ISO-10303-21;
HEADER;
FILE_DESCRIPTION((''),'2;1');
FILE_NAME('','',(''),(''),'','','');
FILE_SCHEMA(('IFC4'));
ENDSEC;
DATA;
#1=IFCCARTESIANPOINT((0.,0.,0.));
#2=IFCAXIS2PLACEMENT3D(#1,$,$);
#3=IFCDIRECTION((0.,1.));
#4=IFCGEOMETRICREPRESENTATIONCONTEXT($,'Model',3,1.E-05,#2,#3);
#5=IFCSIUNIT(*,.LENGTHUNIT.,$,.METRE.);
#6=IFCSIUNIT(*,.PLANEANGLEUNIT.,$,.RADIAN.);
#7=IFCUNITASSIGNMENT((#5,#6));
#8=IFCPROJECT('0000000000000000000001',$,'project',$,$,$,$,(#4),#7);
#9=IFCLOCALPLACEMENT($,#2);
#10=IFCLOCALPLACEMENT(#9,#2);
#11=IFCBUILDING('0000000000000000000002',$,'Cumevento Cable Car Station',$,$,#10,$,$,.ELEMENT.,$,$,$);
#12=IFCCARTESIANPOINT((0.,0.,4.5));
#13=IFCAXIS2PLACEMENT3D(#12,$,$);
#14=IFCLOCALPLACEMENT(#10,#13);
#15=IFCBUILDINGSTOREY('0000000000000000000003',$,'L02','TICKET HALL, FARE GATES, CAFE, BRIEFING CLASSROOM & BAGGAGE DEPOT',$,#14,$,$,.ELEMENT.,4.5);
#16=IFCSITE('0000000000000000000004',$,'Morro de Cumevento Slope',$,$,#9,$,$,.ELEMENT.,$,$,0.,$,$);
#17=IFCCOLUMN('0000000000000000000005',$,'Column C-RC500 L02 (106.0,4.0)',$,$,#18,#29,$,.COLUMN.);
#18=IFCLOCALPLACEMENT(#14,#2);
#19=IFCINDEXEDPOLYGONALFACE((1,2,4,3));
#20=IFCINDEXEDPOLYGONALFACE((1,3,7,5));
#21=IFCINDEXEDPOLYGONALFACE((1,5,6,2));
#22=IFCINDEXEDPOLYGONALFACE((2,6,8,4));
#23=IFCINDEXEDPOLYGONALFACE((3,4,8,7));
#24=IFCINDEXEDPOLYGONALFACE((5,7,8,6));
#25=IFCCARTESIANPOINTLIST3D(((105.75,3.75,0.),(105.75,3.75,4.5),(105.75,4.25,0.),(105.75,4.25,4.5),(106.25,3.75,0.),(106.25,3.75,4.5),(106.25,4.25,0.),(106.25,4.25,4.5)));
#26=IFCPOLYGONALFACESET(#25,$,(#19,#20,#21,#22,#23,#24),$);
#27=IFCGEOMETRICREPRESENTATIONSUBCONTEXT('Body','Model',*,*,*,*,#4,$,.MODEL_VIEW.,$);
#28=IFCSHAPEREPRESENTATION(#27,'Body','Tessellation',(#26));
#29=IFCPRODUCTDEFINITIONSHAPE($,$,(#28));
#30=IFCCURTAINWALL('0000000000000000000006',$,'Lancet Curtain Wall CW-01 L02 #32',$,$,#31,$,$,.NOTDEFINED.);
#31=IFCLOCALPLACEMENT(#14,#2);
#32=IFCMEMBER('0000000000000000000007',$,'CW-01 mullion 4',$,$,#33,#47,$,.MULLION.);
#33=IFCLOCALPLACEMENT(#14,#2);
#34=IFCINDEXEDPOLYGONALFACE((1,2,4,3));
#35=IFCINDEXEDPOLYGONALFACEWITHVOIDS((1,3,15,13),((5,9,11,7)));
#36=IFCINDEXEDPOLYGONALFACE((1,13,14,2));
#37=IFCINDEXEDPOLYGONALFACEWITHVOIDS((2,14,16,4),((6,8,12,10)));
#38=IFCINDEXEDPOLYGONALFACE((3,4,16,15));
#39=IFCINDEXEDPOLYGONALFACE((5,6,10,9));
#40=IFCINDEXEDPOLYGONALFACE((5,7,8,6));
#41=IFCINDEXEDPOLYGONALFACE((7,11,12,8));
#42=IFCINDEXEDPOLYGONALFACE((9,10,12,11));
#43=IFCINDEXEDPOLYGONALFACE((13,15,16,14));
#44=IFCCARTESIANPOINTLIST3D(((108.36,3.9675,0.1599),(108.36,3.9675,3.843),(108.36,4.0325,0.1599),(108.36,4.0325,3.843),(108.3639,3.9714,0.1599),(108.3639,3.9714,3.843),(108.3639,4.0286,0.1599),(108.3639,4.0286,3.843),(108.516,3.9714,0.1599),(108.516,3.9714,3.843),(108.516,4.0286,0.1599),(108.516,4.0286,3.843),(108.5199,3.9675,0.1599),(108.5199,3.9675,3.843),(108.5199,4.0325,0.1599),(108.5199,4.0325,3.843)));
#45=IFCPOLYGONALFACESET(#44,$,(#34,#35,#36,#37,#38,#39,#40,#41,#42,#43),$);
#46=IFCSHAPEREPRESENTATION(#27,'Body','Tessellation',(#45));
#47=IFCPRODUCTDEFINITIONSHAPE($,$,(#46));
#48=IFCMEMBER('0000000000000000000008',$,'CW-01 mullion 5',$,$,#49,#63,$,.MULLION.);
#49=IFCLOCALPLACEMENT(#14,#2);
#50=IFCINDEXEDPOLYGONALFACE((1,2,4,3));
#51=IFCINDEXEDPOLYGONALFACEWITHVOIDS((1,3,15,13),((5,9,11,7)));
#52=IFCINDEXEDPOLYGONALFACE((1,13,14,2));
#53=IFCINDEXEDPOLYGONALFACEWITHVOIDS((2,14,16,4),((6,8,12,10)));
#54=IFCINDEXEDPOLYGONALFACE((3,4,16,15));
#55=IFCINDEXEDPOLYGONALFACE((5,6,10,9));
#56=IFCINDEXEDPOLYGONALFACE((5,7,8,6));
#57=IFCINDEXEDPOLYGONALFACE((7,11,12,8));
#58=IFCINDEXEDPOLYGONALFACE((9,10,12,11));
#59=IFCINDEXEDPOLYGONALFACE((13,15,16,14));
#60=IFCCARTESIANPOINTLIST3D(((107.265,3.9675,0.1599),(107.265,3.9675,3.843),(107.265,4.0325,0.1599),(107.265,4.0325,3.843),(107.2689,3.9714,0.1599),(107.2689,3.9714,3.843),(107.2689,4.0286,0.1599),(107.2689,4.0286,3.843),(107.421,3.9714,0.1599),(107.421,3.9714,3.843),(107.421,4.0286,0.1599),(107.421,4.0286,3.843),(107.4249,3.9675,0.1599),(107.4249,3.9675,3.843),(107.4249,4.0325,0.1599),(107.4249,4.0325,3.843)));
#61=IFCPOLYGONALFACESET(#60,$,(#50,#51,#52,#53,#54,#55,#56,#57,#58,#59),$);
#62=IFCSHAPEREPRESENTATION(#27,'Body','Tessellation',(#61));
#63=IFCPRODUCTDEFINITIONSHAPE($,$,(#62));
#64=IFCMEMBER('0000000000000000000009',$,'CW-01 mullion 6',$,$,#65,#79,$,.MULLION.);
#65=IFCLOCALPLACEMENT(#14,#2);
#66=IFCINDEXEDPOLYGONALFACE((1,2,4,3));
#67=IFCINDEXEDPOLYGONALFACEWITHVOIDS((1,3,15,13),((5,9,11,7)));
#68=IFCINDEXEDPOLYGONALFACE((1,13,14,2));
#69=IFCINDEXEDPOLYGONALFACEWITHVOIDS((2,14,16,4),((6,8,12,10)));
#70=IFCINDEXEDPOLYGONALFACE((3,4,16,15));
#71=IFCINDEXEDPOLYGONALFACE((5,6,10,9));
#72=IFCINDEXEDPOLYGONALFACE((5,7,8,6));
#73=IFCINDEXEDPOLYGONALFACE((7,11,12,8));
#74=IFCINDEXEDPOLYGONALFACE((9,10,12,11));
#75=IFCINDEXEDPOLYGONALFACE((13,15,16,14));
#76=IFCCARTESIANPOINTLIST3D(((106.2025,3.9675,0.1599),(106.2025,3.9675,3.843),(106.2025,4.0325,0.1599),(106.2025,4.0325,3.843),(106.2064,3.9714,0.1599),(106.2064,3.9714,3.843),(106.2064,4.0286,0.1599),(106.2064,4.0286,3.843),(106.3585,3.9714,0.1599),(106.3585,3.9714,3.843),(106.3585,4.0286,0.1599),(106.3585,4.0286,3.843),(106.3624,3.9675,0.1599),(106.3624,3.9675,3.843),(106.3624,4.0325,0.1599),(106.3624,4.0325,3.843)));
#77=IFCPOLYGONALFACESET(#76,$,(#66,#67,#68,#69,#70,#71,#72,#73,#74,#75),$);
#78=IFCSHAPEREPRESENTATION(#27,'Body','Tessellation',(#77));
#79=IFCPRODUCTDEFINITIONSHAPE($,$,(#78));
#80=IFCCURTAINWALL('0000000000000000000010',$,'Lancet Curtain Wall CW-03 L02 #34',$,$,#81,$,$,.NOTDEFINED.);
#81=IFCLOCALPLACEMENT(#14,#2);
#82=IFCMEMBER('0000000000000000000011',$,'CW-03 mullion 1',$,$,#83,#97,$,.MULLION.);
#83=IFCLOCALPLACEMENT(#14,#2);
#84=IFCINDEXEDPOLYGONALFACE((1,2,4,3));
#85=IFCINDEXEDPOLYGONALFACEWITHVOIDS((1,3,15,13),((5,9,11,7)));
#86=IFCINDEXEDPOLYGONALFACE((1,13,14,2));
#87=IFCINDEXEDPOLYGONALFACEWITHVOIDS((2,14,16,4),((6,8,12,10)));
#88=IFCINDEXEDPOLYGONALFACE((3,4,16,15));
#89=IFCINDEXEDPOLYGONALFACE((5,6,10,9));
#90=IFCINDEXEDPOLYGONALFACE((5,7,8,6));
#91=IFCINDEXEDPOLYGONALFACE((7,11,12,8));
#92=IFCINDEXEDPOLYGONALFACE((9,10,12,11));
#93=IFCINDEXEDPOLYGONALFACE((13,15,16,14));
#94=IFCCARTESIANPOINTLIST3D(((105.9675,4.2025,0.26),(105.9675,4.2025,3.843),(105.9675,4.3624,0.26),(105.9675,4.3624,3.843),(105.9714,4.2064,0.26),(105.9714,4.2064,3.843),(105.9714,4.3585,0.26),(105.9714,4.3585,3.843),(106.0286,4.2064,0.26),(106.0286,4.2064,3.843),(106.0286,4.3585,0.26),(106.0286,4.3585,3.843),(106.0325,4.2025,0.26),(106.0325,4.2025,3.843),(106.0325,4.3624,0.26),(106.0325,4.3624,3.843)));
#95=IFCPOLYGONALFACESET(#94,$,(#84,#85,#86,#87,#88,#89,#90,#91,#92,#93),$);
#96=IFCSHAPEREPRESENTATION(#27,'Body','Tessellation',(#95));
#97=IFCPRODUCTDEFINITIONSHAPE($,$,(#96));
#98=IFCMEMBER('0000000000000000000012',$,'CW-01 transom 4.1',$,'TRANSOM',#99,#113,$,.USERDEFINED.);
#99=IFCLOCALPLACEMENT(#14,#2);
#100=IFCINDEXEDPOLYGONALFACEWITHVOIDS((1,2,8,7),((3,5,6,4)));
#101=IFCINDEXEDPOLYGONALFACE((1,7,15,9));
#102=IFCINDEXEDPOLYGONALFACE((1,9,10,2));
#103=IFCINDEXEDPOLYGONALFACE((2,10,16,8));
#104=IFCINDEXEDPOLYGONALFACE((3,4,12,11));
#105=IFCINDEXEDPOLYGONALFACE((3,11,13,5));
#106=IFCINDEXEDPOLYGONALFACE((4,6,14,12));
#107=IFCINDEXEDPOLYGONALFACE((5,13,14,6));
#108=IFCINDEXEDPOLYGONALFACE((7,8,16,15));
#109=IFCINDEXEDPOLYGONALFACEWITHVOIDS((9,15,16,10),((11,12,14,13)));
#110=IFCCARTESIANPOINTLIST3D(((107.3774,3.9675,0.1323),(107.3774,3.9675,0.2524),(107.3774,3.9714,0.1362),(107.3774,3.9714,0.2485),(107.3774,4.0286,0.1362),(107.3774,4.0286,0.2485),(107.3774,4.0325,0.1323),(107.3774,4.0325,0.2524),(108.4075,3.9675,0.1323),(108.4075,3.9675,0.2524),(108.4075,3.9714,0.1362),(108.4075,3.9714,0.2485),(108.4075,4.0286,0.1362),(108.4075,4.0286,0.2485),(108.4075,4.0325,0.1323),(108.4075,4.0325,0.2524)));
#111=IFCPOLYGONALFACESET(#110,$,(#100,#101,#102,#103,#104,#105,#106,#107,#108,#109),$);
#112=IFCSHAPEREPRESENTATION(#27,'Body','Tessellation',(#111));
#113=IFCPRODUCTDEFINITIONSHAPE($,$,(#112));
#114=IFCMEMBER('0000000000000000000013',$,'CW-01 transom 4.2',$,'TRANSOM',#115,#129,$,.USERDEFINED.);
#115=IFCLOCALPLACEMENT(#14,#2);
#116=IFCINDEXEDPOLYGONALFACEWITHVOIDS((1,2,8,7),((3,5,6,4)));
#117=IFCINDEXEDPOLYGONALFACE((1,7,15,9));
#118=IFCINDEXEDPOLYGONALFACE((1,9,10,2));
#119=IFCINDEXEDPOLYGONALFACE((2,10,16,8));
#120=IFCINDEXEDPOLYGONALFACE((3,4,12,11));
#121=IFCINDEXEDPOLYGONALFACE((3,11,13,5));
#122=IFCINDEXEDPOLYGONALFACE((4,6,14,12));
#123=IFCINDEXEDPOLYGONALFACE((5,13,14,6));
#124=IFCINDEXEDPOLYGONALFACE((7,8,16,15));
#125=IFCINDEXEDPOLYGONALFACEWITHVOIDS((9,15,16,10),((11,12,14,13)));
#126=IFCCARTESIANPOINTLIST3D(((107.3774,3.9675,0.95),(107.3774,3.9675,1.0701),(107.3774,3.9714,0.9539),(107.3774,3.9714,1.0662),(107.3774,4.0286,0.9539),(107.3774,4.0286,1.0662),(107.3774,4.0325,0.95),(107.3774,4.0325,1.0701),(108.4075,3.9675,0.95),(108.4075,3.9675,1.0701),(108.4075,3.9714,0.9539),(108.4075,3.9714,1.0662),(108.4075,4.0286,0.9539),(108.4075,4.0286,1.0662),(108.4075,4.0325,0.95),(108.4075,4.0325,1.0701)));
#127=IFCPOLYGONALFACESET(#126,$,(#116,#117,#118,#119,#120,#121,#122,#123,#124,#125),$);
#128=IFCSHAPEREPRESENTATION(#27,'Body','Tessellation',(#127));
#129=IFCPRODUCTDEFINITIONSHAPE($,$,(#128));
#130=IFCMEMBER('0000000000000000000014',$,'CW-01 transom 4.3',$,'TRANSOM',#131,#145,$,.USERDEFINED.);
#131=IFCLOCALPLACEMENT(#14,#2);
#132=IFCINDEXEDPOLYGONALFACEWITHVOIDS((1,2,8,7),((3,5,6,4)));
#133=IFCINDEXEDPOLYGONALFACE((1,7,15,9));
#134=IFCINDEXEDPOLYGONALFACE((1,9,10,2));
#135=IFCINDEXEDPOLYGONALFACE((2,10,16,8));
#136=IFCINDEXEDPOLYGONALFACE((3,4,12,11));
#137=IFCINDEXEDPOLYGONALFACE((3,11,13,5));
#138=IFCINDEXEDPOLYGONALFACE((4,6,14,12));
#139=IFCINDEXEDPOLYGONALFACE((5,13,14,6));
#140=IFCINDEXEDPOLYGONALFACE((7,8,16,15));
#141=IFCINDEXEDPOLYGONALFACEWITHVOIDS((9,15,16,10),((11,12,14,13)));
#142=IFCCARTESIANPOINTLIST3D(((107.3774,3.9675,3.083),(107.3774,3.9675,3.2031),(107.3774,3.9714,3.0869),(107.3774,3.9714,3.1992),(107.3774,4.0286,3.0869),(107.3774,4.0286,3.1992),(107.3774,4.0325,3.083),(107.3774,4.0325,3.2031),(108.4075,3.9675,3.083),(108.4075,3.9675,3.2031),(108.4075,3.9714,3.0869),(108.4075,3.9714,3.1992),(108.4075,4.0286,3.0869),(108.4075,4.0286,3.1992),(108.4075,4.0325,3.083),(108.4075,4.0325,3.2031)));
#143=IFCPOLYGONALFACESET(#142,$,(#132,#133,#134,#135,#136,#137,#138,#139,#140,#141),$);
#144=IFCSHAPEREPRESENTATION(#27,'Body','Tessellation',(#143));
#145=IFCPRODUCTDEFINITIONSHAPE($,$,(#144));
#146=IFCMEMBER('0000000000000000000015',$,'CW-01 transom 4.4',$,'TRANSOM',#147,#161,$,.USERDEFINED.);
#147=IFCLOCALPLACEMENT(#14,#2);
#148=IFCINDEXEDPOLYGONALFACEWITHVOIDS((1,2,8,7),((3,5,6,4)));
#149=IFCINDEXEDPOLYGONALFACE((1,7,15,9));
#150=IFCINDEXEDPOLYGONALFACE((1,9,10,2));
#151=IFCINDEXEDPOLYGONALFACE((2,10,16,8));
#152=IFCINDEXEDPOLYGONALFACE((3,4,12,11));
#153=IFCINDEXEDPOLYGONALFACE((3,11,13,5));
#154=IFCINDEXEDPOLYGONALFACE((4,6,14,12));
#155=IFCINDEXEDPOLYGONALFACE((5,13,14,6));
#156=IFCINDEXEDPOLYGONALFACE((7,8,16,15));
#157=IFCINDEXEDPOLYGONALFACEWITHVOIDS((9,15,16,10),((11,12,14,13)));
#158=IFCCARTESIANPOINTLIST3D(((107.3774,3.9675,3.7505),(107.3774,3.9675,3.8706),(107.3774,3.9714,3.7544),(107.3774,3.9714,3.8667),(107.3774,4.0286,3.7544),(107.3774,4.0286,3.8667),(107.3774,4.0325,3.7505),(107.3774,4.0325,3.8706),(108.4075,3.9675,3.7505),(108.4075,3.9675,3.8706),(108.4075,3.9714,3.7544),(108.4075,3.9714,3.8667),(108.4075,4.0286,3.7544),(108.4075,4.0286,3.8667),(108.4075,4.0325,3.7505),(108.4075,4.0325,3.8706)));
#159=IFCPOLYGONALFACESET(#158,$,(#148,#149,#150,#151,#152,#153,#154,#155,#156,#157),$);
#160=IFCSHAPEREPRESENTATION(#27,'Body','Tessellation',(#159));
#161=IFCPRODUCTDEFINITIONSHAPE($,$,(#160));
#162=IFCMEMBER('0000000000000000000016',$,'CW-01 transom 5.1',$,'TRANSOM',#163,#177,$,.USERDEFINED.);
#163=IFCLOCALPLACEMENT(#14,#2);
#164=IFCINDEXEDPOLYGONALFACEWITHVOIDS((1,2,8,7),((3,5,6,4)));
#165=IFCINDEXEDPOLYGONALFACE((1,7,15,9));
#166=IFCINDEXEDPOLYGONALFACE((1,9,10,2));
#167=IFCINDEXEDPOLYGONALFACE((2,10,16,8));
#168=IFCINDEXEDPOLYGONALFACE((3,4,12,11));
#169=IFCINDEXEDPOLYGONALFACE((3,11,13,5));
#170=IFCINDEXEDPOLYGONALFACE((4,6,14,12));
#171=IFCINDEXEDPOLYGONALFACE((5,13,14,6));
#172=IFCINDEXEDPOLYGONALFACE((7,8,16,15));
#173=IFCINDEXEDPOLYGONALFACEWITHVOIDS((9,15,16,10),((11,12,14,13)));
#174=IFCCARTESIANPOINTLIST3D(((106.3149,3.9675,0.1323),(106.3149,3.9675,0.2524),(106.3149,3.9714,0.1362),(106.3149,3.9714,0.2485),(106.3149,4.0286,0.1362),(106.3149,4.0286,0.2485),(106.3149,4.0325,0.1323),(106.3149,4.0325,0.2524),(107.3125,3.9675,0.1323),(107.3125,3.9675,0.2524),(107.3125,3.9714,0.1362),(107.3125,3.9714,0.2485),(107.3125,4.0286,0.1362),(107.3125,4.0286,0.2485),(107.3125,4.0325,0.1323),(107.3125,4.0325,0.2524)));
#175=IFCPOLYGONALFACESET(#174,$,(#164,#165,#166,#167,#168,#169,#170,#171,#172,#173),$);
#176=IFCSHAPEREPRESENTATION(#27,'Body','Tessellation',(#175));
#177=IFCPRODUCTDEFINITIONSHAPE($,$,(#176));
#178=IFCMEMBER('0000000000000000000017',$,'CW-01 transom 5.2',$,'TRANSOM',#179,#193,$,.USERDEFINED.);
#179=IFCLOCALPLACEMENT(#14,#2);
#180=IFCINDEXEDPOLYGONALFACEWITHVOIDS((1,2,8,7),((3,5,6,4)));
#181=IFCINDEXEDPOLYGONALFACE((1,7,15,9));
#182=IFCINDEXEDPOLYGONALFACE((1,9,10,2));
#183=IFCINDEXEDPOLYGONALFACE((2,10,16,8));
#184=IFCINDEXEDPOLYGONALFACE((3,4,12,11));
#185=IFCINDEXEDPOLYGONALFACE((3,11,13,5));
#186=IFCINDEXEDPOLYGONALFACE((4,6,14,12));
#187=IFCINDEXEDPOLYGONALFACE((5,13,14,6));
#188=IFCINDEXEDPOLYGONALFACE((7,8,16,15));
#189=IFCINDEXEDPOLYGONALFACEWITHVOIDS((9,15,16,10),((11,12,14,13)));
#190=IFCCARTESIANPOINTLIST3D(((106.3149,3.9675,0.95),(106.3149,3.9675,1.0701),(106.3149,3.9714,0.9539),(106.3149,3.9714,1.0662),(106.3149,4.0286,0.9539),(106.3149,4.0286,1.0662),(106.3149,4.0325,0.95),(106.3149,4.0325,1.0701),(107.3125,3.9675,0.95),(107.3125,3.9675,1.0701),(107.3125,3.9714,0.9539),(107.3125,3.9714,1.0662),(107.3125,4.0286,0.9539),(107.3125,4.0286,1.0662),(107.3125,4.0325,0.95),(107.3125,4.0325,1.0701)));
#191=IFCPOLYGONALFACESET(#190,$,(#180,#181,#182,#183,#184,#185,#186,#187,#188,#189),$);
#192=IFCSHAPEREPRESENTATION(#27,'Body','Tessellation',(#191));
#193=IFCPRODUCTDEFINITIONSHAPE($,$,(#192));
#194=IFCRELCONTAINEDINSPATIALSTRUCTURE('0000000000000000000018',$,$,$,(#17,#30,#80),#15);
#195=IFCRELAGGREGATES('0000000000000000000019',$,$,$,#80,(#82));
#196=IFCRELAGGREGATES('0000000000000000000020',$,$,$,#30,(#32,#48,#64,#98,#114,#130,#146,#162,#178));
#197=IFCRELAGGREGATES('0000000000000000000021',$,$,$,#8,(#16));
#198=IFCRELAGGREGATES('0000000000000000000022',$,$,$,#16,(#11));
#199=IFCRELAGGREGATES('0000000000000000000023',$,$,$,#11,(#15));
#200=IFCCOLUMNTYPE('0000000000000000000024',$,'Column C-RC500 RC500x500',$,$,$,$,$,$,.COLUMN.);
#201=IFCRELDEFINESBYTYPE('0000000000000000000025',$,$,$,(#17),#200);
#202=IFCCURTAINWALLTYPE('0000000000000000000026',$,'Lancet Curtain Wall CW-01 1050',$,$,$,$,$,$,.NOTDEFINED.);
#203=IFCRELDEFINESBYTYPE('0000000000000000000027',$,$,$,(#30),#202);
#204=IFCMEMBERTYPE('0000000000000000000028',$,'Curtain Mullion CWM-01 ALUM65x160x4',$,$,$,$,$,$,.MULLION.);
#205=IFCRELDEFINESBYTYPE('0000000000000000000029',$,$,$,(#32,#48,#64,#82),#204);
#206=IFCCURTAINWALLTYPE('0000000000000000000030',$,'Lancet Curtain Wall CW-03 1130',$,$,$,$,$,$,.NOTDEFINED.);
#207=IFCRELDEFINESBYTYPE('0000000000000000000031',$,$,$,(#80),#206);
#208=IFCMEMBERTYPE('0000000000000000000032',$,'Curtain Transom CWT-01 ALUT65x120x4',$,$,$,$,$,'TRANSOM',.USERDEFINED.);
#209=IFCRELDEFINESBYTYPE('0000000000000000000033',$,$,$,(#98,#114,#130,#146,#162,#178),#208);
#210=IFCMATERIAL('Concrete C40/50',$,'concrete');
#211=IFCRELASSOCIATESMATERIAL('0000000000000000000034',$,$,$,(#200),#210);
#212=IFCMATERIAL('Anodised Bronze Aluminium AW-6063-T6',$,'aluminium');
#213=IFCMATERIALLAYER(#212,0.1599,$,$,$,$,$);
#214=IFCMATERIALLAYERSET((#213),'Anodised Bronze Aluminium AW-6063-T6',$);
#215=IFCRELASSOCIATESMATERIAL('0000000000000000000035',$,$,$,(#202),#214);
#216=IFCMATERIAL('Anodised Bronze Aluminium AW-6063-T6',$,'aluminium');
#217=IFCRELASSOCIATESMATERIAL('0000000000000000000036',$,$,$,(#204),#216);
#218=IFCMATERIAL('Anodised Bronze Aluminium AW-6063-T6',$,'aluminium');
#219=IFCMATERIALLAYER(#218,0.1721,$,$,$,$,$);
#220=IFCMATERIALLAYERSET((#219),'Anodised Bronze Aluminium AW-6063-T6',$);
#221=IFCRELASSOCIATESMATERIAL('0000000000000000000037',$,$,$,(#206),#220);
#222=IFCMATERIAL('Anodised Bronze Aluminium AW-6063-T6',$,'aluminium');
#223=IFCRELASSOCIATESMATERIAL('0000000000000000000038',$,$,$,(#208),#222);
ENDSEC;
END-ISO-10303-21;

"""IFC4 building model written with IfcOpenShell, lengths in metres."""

from ifc_helpers import new_model, si_unit, direction, frame, origin, origin_2d, place, context, subcontext, project, spatial, rectangle, hollow_rectangle, extrude, material, layer, layer_set, material_profile, profile_set, type_object, element, aggregate, save


model = new_model("IFC4")

# Units and contexts
model_context = context("Model", 3, precision=1e-05, world=origin(), true_north=direction((0.0, 1.0)))
body_context = subcontext(model_context, "Body", "Model", "MODEL_VIEW")
ifc_project = project(units=[si_unit("LENGTHUNIT", "METRE"), si_unit("PLANEANGLEUNIT", "RADIAN")], contexts=[model_context])

# Site, building, storey
site_placement = place(None, origin())
site = spatial("IfcSite", under=ifc_project, at=site_placement, Name="Morro de Cumevento Slope", CompositionType="ELEMENT", RefElevation=0.0)
building_placement = place(site_placement, origin())
building = spatial("IfcBuilding", under=site, at=building_placement, Name="Cumevento Cable Car Station", CompositionType="ELEMENT")
storey_placement = place(building_placement, frame((0.0, 0.0, 4.5)))
storey = spatial("IfcBuildingStorey", under=building, at=storey_placement, Name="L02", Description="TICKET HALL, FARE GATES, CAFE, BRIEFING CLASSROOM & BAGGAGE DEPOT", CompositionType="ELEMENT", Elevation=4.5)

# Column
ifc_material_1 = material(Name="Concrete C40/50", Category="concrete")
ifc_material_profile_1 = material_profile(ifc_material_1, rectangle(XDim=0.5, YDim=0.5, at=origin_2d()), Name="RC500x500")
ifc_profile_set_1 = profile_set([ifc_material_profile_1], Name="Concrete C40/50")
column_type = type_object("IfcColumnType", Name="Column C-RC500 RC500x500", PredefinedType="COLUMN", material=ifc_profile_set_1)
column_placement = place(storey_placement, frame((106.0, 4.0, 0.0), z_axis=(0.0, 0.0, 1.0), x_axis=(1.0, 0.0, 0.0)))
element("IfcColumn", 1, at=column_placement, inside=storey, type_object=column_type, Name="Column C-RC500 L02 (106.0,4.0)", PredefinedType="COLUMN", context=body_context, shape_type="SweptSolid", body=[
    extrude(rectangle(XDim=0.5, YDim=0.5, at=origin_2d()), origin(), (0.0, 0.0, 1.0), 4.5),
])

# Curtain wall, members
ifc_material_2 = material(Name="Anodised Bronze Aluminium AW-6063-T6", Category="aluminium")
ifc_layer_1 = layer(ifc_material_2, 0.1599)
ifc_layer_set_1 = layer_set([ifc_layer_1], Name="Anodised Bronze Aluminium AW-6063-T6")
curtain_wall_type_1 = type_object("IfcCurtainWallType", Name="Lancet Curtain Wall CW-01 1050", PredefinedType="NOTDEFINED", material=ifc_layer_set_1)
curtain_wall_1_placement = place(storey_placement, origin())
curtain_wall_1 = element("IfcCurtainWall", 2, at=curtain_wall_1_placement, inside=storey, type_object=curtain_wall_type_1, Name="Lancet Curtain Wall CW-01 L02 #32", PredefinedType="NOTDEFINED")
ifc_material_3 = material(Name="Anodised Bronze Aluminium AW-6063-T6", Category="aluminium")
ifc_material_profile_2 = material_profile(ifc_material_3, hollow_rectangle(XDim=0.0649, YDim=0.1599, WallThickness=0.0039, at=origin_2d()), Name="ALUM65x160x4")
ifc_profile_set_2 = profile_set([ifc_material_profile_2], Name="Anodised Bronze Aluminium AW-6063-T6")
member_type_1 = type_object("IfcMemberType", Name="Curtain Mullion CWM-01 ALUM65x160x4", PredefinedType="MULLION", material=ifc_profile_set_2)
member_1_placement = place(storey_placement, frame((108.4399, 4.0, 0.1599), z_axis=(0.0, 0.0, 1.0), x_axis=(0.0, -1.0, 0.0)))
member_1 = element("IfcMember", 3, at=member_1_placement, type_object=member_type_1, Name="CW-01 mullion 4", PredefinedType="MULLION", context=body_context, shape_type="SweptSolid", body=[
    extrude(hollow_rectangle(XDim=0.0649, YDim=0.1599, WallThickness=0.0039, at=origin_2d()), origin(), (0.0, 0.0, 1.0), 3.6831),
])
member_2_placement = place(storey_placement, frame((107.345, 4.0, 0.1599), z_axis=(0.0, 0.0, 1.0), x_axis=(0.0, -1.0, 0.0)))
member_2 = element("IfcMember", 4, at=member_2_placement, type_object=member_type_1, Name="CW-01 mullion 5", PredefinedType="MULLION", context=body_context, shape_type="SweptSolid", body=[
    extrude(hollow_rectangle(XDim=0.0649, YDim=0.1599, WallThickness=0.0039, at=origin_2d()), origin(), (0.0, 0.0, 1.0), 3.6831),
])
member_3_placement = place(storey_placement, frame((106.2825, 4.0, 0.1599), z_axis=(0.0, 0.0, 1.0), x_axis=(0.0, -1.0, 0.0)))
member_3 = element("IfcMember", 5, at=member_3_placement, type_object=member_type_1, Name="CW-01 mullion 6", PredefinedType="MULLION", context=body_context, shape_type="SweptSolid", body=[
    extrude(hollow_rectangle(XDim=0.0649, YDim=0.1599, WallThickness=0.0039, at=origin_2d()), origin(), (0.0, 0.0, 1.0), 3.6831),
])

# Curtain wall, member
ifc_material_4 = material(Name="Anodised Bronze Aluminium AW-6063-T6", Category="aluminium")
ifc_layer_2 = layer(ifc_material_4, 0.1721)
ifc_layer_set_2 = layer_set([ifc_layer_2], Name="Anodised Bronze Aluminium AW-6063-T6")
curtain_wall_type_2 = type_object("IfcCurtainWallType", Name="Lancet Curtain Wall CW-03 1130", PredefinedType="NOTDEFINED", material=ifc_layer_set_2)
curtain_wall_2_placement = place(storey_placement, origin())
curtain_wall_2 = element("IfcCurtainWall", 6, at=curtain_wall_2_placement, inside=storey, type_object=curtain_wall_type_2, Name="Lancet Curtain Wall CW-03 L02 #34", PredefinedType="NOTDEFINED")
member_4_placement = place(storey_placement, frame((106.0, 4.2825, 0.26), z_axis=(0.0, 0.0, 1.0), x_axis=(-1.0, 0.0, 0.0)))
member_4 = element("IfcMember", 7, at=member_4_placement, type_object=member_type_1, Name="CW-03 mullion 1", PredefinedType="MULLION", context=body_context, shape_type="SweptSolid", body=[
    extrude(hollow_rectangle(XDim=0.0649, YDim=0.1599, WallThickness=0.0039, at=origin_2d()), origin(), (0.0, 0.0, 1.0), 3.583),
])
aggregate(curtain_wall_2, [member_4])

# Members
ifc_material_5 = material(Name="Anodised Bronze Aluminium AW-6063-T6", Category="aluminium")
ifc_material_profile_3 = material_profile(ifc_material_5, hollow_rectangle(XDim=0.0649, YDim=0.1201, WallThickness=0.0039, at=origin_2d()), Name="ALUT65x120x4")
ifc_profile_set_3 = profile_set([ifc_material_profile_3], Name="Anodised Bronze Aluminium AW-6063-T6")
member_type_2 = type_object("IfcMemberType", Name="Curtain Transom CWT-01 ALUT65x120x4", ElementType="TRANSOM", PredefinedType="USERDEFINED", material=ifc_profile_set_3)
member_5_placement = place(storey_placement, frame((108.4075, 4.0, 0.1924), z_axis=(-1.0, 0.0, 0.0), x_axis=(0.0, -1.0, 0.0)))
member_5 = element("IfcMember", 8, at=member_5_placement, type_object=member_type_2, Name="CW-01 transom 4.1", ObjectType="TRANSOM", PredefinedType="USERDEFINED", context=body_context, shape_type="SweptSolid", body=[
    extrude(hollow_rectangle(XDim=0.0649, YDim=0.1201, WallThickness=0.0039, at=origin_2d()), origin(), (0.0, 0.0, 1.0), 1.03),
])
member_6_placement = place(storey_placement, frame((108.4075, 4.0, 1.01), z_axis=(-1.0, 0.0, 0.0), x_axis=(0.0, -1.0, 0.0)))
member_6 = element("IfcMember", 9, at=member_6_placement, type_object=member_type_2, Name="CW-01 transom 4.2", ObjectType="TRANSOM", PredefinedType="USERDEFINED", context=body_context, shape_type="SweptSolid", body=[
    extrude(hollow_rectangle(XDim=0.0649, YDim=0.1201, WallThickness=0.0039, at=origin_2d()), origin(), (0.0, 0.0, 1.0), 1.03),
])
member_7_placement = place(storey_placement, frame((108.4075, 4.0, 3.1431), z_axis=(-1.0, 0.0, 0.0), x_axis=(0.0, -1.0, 0.0)))
member_7 = element("IfcMember", 10, at=member_7_placement, type_object=member_type_2, Name="CW-01 transom 4.3", ObjectType="TRANSOM", PredefinedType="USERDEFINED", context=body_context, shape_type="SweptSolid", body=[
    extrude(hollow_rectangle(XDim=0.0649, YDim=0.1201, WallThickness=0.0039, at=origin_2d()), origin(), (0.0, 0.0, 1.0), 1.03),
])
member_8_placement = place(storey_placement, frame((108.4075, 4.0, 3.8105), z_axis=(-1.0, 0.0, 0.0), x_axis=(0.0, -1.0, 0.0)))
member_8 = element("IfcMember", 11, at=member_8_placement, type_object=member_type_2, Name="CW-01 transom 4.4", ObjectType="TRANSOM", PredefinedType="USERDEFINED", context=body_context, shape_type="SweptSolid", body=[
    extrude(hollow_rectangle(XDim=0.0649, YDim=0.1201, WallThickness=0.0039, at=origin_2d()), origin(), (0.0, 0.0, 1.0), 1.03),
])
member_9_placement = place(storey_placement, frame((107.3125, 4.0, 0.1924), z_axis=(-1.0, 0.0, 0.0), x_axis=(0.0, -1.0, 0.0)))
member_9 = element("IfcMember", 12, at=member_9_placement, type_object=member_type_2, Name="CW-01 transom 5.1", ObjectType="TRANSOM", PredefinedType="USERDEFINED", context=body_context, shape_type="SweptSolid", body=[
    extrude(hollow_rectangle(XDim=0.0649, YDim=0.1201, WallThickness=0.0039, at=origin_2d()), origin(), (0.0, 0.0, 1.0), 0.9976),
])
member_10_placement = place(storey_placement, frame((107.3125, 4.0, 1.01), z_axis=(-1.0, 0.0, 0.0), x_axis=(0.0, -1.0, 0.0)))
member_10 = element("IfcMember", 13, at=member_10_placement, type_object=member_type_2, Name="CW-01 transom 5.2", ObjectType="TRANSOM", PredefinedType="USERDEFINED", context=body_context, shape_type="SweptSolid", body=[
    extrude(hollow_rectangle(XDim=0.0649, YDim=0.1201, WallThickness=0.0039, at=origin_2d()), origin(), (0.0, 0.0, 1.0), 0.9976),
])

aggregate(curtain_wall_1, [member_1, member_2, member_3, member_5, member_6, member_7, member_8, member_9, member_10])

save(model, "model.ifc")
